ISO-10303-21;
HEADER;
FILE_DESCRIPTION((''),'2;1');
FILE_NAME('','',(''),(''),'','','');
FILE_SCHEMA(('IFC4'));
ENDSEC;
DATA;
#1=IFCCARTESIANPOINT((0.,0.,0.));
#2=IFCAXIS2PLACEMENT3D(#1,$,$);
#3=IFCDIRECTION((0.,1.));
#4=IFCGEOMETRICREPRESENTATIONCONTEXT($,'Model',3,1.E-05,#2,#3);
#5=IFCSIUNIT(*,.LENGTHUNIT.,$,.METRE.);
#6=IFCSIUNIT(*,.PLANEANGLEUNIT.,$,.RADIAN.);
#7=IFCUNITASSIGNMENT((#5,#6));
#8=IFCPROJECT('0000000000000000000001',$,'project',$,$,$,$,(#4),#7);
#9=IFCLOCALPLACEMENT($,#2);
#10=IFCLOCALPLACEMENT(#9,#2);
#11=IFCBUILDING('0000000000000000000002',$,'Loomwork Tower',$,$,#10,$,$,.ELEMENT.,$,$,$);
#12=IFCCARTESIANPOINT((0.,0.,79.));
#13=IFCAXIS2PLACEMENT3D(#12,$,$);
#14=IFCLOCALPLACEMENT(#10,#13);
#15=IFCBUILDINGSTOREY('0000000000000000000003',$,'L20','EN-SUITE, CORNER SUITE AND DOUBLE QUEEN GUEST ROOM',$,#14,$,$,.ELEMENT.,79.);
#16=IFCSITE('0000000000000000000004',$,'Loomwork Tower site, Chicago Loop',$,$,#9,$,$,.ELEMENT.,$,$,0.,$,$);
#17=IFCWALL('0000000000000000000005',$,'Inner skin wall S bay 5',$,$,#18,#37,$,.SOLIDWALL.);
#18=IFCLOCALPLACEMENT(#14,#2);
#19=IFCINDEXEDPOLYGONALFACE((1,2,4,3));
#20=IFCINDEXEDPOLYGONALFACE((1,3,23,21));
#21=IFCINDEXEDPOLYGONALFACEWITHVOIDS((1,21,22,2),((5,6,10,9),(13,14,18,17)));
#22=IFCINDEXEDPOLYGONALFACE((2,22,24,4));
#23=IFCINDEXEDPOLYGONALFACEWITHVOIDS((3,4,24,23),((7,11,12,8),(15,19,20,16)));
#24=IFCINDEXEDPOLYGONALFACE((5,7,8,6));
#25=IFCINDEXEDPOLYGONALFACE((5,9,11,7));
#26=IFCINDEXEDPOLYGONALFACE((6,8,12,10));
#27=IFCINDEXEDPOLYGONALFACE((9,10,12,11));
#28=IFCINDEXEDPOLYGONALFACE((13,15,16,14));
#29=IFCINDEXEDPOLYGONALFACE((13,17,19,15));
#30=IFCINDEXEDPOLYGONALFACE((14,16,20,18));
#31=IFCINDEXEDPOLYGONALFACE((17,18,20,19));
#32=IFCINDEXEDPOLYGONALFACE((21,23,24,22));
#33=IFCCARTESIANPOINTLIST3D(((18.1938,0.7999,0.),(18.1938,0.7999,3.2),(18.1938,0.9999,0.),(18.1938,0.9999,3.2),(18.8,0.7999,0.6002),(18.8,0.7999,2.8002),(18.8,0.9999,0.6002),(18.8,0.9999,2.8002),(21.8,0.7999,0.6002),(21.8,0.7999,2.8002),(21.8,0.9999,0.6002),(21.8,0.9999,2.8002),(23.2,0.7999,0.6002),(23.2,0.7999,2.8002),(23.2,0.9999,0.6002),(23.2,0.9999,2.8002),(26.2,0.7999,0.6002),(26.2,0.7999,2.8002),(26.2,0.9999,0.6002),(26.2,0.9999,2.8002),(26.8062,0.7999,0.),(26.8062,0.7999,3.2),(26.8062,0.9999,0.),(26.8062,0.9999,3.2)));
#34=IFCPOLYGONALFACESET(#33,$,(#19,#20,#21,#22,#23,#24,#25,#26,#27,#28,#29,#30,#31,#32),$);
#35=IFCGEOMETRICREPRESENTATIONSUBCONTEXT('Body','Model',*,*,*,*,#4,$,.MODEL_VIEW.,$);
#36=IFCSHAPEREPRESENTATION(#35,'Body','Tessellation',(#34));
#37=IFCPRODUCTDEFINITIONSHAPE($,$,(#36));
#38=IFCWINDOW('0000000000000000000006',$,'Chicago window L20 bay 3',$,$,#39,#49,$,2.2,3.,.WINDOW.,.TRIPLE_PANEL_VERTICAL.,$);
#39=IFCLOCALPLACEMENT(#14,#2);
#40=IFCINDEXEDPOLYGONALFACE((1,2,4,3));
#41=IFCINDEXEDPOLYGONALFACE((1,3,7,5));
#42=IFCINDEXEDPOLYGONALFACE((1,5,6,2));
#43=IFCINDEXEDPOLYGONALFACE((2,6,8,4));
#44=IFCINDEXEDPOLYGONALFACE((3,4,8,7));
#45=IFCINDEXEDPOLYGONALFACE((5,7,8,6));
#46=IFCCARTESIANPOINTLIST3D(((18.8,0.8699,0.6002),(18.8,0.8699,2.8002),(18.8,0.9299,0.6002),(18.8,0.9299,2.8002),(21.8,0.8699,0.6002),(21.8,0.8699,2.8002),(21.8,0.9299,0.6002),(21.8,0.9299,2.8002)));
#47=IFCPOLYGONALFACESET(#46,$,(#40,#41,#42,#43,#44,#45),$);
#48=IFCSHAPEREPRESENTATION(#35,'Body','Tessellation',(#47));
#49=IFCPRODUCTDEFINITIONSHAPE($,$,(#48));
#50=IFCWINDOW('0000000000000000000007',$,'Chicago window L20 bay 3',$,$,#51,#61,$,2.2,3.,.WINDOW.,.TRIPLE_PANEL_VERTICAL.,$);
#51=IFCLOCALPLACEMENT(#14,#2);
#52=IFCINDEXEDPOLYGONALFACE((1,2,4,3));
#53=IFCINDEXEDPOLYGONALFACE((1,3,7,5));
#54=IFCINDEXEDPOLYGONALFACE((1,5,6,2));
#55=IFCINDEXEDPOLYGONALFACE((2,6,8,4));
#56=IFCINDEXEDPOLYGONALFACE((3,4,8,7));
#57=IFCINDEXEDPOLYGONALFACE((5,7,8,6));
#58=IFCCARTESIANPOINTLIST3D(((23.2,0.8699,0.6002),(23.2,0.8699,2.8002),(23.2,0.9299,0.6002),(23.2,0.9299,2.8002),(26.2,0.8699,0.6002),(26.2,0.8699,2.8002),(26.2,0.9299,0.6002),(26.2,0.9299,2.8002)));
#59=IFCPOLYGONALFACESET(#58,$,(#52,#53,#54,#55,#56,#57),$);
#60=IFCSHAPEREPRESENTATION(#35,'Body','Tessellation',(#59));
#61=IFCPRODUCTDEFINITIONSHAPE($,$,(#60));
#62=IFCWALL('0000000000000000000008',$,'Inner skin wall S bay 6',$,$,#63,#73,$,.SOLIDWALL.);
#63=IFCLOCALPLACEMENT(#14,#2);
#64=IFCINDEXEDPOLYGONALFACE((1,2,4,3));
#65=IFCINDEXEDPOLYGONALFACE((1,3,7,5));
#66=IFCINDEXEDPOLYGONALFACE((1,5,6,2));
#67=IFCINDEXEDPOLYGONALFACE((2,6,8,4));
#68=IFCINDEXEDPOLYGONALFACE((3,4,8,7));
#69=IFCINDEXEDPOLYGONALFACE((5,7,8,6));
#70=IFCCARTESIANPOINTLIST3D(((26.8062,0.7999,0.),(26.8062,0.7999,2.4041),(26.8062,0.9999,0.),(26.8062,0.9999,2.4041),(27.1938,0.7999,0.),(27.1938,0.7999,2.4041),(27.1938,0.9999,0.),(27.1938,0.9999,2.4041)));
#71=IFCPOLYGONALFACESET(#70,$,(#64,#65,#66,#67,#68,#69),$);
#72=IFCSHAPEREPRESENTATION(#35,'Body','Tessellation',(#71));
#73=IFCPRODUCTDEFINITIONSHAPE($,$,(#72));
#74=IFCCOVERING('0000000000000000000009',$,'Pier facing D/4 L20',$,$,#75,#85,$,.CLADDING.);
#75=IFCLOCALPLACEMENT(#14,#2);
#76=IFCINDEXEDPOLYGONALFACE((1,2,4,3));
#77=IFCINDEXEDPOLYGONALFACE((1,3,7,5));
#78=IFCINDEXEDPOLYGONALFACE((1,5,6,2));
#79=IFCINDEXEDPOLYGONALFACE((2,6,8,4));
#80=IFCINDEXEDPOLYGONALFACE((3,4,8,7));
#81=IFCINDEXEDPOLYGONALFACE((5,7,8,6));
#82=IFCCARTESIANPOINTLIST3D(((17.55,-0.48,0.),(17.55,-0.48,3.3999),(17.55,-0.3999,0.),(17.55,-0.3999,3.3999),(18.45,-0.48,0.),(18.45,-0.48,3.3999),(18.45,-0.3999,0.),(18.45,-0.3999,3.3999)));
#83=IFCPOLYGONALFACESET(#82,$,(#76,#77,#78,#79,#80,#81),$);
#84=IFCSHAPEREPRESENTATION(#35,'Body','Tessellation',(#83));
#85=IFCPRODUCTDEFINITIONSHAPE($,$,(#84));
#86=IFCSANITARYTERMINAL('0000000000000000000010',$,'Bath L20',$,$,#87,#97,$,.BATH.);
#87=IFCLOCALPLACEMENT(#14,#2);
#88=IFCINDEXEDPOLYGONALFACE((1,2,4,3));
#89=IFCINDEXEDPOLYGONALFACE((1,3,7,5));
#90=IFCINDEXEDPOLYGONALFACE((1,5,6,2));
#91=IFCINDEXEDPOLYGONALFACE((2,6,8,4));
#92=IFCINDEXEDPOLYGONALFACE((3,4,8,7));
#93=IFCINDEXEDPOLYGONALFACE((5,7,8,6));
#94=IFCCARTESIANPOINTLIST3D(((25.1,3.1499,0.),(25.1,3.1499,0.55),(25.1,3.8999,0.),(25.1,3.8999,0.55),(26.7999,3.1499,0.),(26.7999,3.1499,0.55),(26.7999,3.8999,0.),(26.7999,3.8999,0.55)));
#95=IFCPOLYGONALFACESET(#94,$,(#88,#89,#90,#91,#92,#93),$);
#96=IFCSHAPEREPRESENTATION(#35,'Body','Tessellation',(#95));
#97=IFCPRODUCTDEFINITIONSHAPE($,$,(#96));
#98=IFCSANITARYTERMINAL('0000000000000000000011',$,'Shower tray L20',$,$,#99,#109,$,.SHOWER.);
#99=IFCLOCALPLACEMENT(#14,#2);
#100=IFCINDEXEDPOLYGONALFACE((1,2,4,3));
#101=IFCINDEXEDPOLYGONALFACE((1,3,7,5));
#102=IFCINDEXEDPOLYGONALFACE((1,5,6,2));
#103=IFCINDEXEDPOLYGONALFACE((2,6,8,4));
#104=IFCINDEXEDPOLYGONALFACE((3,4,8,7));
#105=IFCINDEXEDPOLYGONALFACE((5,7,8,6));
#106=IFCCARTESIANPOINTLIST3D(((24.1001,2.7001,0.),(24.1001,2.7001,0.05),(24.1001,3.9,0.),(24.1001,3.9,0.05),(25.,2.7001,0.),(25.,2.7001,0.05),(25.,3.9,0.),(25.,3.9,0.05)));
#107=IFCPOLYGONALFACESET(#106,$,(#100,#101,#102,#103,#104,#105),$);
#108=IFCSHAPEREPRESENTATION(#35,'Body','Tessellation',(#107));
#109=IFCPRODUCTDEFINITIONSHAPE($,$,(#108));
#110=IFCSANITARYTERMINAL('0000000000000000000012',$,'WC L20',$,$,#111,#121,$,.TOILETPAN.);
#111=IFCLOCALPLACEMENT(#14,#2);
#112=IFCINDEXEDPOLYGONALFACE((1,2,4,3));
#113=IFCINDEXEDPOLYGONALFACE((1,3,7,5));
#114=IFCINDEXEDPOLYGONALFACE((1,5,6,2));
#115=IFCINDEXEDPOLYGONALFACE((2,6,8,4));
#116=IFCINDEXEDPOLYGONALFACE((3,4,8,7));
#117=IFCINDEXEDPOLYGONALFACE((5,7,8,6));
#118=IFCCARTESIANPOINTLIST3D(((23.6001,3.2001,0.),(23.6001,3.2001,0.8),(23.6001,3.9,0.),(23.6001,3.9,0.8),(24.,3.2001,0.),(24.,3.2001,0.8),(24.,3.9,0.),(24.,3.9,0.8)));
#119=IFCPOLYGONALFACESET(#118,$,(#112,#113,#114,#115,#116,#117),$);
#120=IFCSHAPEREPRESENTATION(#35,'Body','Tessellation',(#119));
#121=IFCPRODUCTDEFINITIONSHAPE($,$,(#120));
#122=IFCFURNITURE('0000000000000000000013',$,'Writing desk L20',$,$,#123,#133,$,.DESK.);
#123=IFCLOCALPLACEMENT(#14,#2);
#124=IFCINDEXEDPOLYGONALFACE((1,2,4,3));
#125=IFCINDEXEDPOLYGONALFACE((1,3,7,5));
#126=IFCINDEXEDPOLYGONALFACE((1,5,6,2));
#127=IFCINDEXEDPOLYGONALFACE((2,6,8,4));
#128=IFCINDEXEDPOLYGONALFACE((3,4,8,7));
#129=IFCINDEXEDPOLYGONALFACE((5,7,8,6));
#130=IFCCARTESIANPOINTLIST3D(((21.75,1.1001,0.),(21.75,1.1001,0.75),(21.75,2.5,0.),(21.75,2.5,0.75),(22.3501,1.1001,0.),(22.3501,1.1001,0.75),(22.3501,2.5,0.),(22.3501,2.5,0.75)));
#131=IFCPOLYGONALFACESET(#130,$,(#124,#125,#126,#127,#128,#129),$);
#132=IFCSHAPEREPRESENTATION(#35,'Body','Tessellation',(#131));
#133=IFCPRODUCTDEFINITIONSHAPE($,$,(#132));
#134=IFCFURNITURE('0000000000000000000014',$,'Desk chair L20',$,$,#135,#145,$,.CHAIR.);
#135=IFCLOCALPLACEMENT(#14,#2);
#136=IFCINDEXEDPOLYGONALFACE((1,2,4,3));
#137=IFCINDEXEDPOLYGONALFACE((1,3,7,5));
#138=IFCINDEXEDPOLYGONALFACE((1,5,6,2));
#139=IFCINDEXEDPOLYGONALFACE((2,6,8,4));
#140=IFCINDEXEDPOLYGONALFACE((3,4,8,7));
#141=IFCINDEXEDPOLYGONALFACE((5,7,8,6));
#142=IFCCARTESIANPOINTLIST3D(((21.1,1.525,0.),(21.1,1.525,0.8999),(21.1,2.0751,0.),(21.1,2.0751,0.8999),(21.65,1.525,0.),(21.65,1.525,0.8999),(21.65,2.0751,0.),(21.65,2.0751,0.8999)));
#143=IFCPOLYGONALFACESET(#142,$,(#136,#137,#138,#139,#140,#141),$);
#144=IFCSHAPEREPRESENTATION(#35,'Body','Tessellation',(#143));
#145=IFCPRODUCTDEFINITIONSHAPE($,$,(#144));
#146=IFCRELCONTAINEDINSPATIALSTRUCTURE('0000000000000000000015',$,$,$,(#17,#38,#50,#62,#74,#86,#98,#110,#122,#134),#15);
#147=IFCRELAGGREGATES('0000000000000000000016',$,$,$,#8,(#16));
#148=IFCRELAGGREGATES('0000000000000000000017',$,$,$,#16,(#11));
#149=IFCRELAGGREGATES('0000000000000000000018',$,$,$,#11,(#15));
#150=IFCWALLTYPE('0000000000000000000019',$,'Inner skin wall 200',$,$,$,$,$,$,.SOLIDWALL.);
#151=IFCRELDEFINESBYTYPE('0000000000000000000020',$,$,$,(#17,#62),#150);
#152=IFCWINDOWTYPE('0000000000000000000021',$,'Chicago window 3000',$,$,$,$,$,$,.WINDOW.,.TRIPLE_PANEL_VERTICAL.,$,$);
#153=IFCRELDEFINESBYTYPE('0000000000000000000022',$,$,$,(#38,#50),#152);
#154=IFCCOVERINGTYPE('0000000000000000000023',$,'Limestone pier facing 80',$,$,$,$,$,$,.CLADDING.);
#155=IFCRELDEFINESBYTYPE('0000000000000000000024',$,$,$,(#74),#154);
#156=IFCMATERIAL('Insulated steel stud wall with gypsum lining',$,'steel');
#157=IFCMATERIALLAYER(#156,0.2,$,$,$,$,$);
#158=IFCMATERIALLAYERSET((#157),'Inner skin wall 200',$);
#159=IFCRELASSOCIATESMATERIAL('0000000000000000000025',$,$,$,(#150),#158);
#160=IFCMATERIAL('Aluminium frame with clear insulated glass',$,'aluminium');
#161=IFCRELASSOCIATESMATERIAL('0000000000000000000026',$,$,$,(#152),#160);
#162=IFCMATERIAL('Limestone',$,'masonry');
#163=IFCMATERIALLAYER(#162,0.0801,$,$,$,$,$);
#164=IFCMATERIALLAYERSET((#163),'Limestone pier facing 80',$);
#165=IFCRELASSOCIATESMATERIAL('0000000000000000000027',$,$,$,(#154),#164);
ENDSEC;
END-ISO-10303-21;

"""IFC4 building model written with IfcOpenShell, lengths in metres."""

from ifc_helpers import new_model, si_unit, direction, frame, frame_2d, origin, origin_2d, place, context, subcontext, project, spatial, rectangle, extrude, material, layer, layer_set, type_object, element, fill, save


model = new_model("IFC4")

# Units and contexts
model_context = context("Model", 3, precision=1e-05, world=origin(), true_north=direction((0.0, 1.0)))
body_context = subcontext(model_context, "Body", "Model", "MODEL_VIEW")
ifc_project = project(units=[si_unit("LENGTHUNIT", "METRE"), si_unit("PLANEANGLEUNIT", "RADIAN")], contexts=[model_context])

# Site, building, storey
site_placement = place(None, origin())
site = spatial("IfcSite", under=ifc_project, at=site_placement, Name="Loomwork Tower site, Chicago Loop", CompositionType="ELEMENT", RefElevation=0.0)
building_placement = place(site_placement, origin())
building = spatial("IfcBuilding", under=site, at=building_placement, Name="Loomwork Tower", CompositionType="ELEMENT")
storey_placement = place(building_placement, frame((0.0, 0.0, 79.0)))
storey = spatial("IfcBuildingStorey", under=building, at=storey_placement, Name="L20", Description="EN-SUITE, CORNER SUITE AND DOUBLE QUEEN GUEST ROOM", CompositionType="ELEMENT", Elevation=79.0)

# Shared definitions
ifc_material_1 = material(Name="Insulated steel stud wall with gypsum lining", Category="steel")
ifc_layer_1 = layer(ifc_material_1, 0.2)
ifc_layer_set_1 = layer_set([ifc_layer_1], Name="Inner skin wall 200")
wall_type = type_object("IfcWallType", Name="Inner skin wall 200", PredefinedType="SOLIDWALL", material=ifc_layer_set_1)

# Wall, openings, windows
wall_1_placement = place(storey_placement, frame((18.1938, 0.8999, 0.0), z_axis=(0.0, 0.0, 1.0), x_axis=(1.0, 0.0, 0.0)))
wall_1 = element("IfcWall", 1, at=wall_1_placement, inside=storey, type_object=wall_type, Name="Inner skin wall S bay 5", PredefinedType="SOLIDWALL", context=body_context, shape_type="SweptSolid", body=[
    extrude(rectangle(XDim=8.6123, YDim=0.2, at=frame_2d((4.3062, 0.0))), origin(), (0.0, 0.0, 1.0), 3.2),
])
opening_1_placement = place(wall_1_placement, frame((0.6062, 0.0, 0.6001)))
opening_1 = element("IfcOpeningElement", 2, at=opening_1_placement, cuts=wall_1, PredefinedType="OPENING", context=body_context, shape_type="SweptSolid", body=[
    extrude(rectangle(XDim=3.0, YDim=2.2, at=frame_2d((1.5, 1.1001))), frame((0.0, 0.1099, 0.0), z_axis=(0.0, -1.0, 0.0), x_axis=(1.0, 0.0, 0.0)), (0.0, 0.0, 1.0), 0.22),
])
opening_2_placement = place(wall_1_placement, frame((5.0061, 0.0, 0.6001)))
opening_2 = element("IfcOpeningElement", 3, at=opening_2_placement, cuts=wall_1, PredefinedType="OPENING", context=body_context, shape_type="SweptSolid", body=[
    extrude(rectangle(XDim=3.0, YDim=2.2, at=frame_2d((1.5, 1.1001))), frame((0.0, 0.1099, 0.0), z_axis=(0.0, -1.0, 0.0), x_axis=(1.0, 0.0, 0.0)), (0.0, 0.0, 1.0), 0.22),
])
ifc_material_2 = material(Name="Aluminium frame with clear insulated glass", Category="aluminium")
window_type = type_object("IfcWindowType", Name="Chicago window 3000", PartitioningType="TRIPLE_PANEL_VERTICAL", PredefinedType="WINDOW", material=ifc_material_2)
window_1_placement = place(opening_1_placement, origin())
window_1 = element("IfcWindow", 4, at=window_1_placement, inside=storey, type_object=window_type, Name="Chicago window L20 bay 3", OverallHeight=2.2, OverallWidth=3.0, PartitioningType="TRIPLE_PANEL_VERTICAL", PredefinedType="WINDOW", context=body_context, shape_type="SweptSolid", body=[
    extrude(rectangle(XDim=3.0, YDim=2.2, at=frame_2d((1.5, 1.1001))), frame((0.0, 0.03, 0.0), z_axis=(0.0, -1.0, 0.0), x_axis=(1.0, 0.0, 0.0)), (0.0, 0.0, 1.0), 0.0601),
])
fill(opening_1, window_1)
window_2_placement = place(opening_2_placement, origin())
window_2 = element("IfcWindow", 5, at=window_2_placement, inside=storey, type_object=window_type, Name="Chicago window L20 bay 3", OverallHeight=2.2, OverallWidth=3.0, PartitioningType="TRIPLE_PANEL_VERTICAL", PredefinedType="WINDOW", context=body_context, shape_type="SweptSolid", body=[
    extrude(rectangle(XDim=3.0, YDim=2.2, at=frame_2d((1.5, 1.1001))), frame((0.0, 0.03, 0.0), z_axis=(0.0, -1.0, 0.0), x_axis=(1.0, 0.0, 0.0)), (0.0, 0.0, 1.0), 0.0601),
])
fill(opening_2, window_2)

# Wall
wall_2_placement = place(storey_placement, frame((26.8062, 0.8999, 0.0), z_axis=(0.0, 0.0, 1.0), x_axis=(1.0, 0.0, 0.0)))
element("IfcWall", 6, at=wall_2_placement, inside=storey, type_object=wall_type, Name="Inner skin wall S bay 6", PredefinedType="SOLIDWALL", context=body_context, shape_type="SweptSolid", body=[
    extrude(rectangle(XDim=0.3877, YDim=0.2, at=frame_2d((0.1938, 0.0))), origin(), (0.0, 0.0, 1.0), 2.4041),
])

# Covering
ifc_material_3 = material(Name="Limestone", Category="masonry")
ifc_layer_2 = layer(ifc_material_3, 0.0801)
ifc_layer_set_2 = layer_set([ifc_layer_2], Name="Limestone pier facing 80")
covering_type = type_object("IfcCoveringType", Name="Limestone pier facing 80", PredefinedType="CLADDING", material=ifc_layer_set_2)
covering_placement = place(storey_placement, frame((18.0, -0.4399, 0.0), z_axis=(0.0, 0.0, 1.0), x_axis=(1.0, 0.0, 0.0)))
element("IfcCovering", 7, at=covering_placement, inside=storey, type_object=covering_type, Name="Pier facing D/4 L20", PredefinedType="CLADDING", context=body_context, shape_type="SweptSolid", body=[
    extrude(rectangle(XDim=0.8999, YDim=0.0801, at=origin_2d()), origin(), (0.0, 0.0, 1.0), 3.3999),
])

# Sanitary terminals
sanitary_terminal_1_placement = place(storey_placement, frame((25.95, 3.5249, 0.0), z_axis=(0.0, 0.0, 1.0), x_axis=(1.0, 0.0, 0.0)))
element("IfcSanitaryTerminal", 8, at=sanitary_terminal_1_placement, inside=storey, Name="Bath L20", PredefinedType="BATH", context=body_context, shape_type="SweptSolid", body=[
    extrude(rectangle(XDim=1.7, YDim=0.75, at=origin_2d()), origin(), (0.0, 0.0, 1.0), 0.55),
])
sanitary_terminal_2_placement = place(storey_placement, frame((24.55, 3.3, 0.0), z_axis=(0.0, 0.0, 1.0), x_axis=(1.0, 0.0, 0.0)))
element("IfcSanitaryTerminal", 9, at=sanitary_terminal_2_placement, inside=storey, Name="Shower tray L20", PredefinedType="SHOWER", context=body_context, shape_type="SweptSolid", body=[
    extrude(rectangle(XDim=0.8999, YDim=1.2, at=origin_2d()), origin(), (0.0, 0.0, 1.0), 0.05),
])
sanitary_terminal_3_placement = place(storey_placement, frame((23.8, 3.55, 0.0), z_axis=(0.0, 0.0, 1.0), x_axis=(1.0, 0.0, 0.0)))
element("IfcSanitaryTerminal", 10, at=sanitary_terminal_3_placement, inside=storey, Name="WC L20", PredefinedType="TOILETPAN", context=body_context, shape_type="SweptSolid", body=[
    extrude(rectangle(XDim=0.3999, YDim=0.7, at=origin_2d()), origin(), (0.0, 0.0, 1.0), 0.8),
])

# Furniture
furniture_1_placement = place(storey_placement, frame((22.05, 1.8, 0.0), z_axis=(0.0, 0.0, 1.0), x_axis=(1.0, 0.0, 0.0)))
element("IfcFurniture", 11, at=furniture_1_placement, inside=storey, Name="Writing desk L20", PredefinedType="DESK", context=body_context, shape_type="SweptSolid", body=[
    extrude(rectangle(XDim=0.6001, YDim=1.3999, at=origin_2d()), origin(), (0.0, 0.0, 1.0), 0.75),
])
furniture_2_placement = place(storey_placement, frame((21.375, 1.8, 0.0), z_axis=(0.0, 0.0, 1.0), x_axis=(1.0, 0.0, 0.0)))
element("IfcFurniture", 12, at=furniture_2_placement, inside=storey, Name="Desk chair L20", PredefinedType="CHAIR", context=body_context, shape_type="SweptSolid", body=[
    extrude(rectangle(XDim=0.55, YDim=0.55, at=origin_2d()), origin(), (0.0, 0.0, 1.0), 0.8999),
])

save(model, "model.ifc")
